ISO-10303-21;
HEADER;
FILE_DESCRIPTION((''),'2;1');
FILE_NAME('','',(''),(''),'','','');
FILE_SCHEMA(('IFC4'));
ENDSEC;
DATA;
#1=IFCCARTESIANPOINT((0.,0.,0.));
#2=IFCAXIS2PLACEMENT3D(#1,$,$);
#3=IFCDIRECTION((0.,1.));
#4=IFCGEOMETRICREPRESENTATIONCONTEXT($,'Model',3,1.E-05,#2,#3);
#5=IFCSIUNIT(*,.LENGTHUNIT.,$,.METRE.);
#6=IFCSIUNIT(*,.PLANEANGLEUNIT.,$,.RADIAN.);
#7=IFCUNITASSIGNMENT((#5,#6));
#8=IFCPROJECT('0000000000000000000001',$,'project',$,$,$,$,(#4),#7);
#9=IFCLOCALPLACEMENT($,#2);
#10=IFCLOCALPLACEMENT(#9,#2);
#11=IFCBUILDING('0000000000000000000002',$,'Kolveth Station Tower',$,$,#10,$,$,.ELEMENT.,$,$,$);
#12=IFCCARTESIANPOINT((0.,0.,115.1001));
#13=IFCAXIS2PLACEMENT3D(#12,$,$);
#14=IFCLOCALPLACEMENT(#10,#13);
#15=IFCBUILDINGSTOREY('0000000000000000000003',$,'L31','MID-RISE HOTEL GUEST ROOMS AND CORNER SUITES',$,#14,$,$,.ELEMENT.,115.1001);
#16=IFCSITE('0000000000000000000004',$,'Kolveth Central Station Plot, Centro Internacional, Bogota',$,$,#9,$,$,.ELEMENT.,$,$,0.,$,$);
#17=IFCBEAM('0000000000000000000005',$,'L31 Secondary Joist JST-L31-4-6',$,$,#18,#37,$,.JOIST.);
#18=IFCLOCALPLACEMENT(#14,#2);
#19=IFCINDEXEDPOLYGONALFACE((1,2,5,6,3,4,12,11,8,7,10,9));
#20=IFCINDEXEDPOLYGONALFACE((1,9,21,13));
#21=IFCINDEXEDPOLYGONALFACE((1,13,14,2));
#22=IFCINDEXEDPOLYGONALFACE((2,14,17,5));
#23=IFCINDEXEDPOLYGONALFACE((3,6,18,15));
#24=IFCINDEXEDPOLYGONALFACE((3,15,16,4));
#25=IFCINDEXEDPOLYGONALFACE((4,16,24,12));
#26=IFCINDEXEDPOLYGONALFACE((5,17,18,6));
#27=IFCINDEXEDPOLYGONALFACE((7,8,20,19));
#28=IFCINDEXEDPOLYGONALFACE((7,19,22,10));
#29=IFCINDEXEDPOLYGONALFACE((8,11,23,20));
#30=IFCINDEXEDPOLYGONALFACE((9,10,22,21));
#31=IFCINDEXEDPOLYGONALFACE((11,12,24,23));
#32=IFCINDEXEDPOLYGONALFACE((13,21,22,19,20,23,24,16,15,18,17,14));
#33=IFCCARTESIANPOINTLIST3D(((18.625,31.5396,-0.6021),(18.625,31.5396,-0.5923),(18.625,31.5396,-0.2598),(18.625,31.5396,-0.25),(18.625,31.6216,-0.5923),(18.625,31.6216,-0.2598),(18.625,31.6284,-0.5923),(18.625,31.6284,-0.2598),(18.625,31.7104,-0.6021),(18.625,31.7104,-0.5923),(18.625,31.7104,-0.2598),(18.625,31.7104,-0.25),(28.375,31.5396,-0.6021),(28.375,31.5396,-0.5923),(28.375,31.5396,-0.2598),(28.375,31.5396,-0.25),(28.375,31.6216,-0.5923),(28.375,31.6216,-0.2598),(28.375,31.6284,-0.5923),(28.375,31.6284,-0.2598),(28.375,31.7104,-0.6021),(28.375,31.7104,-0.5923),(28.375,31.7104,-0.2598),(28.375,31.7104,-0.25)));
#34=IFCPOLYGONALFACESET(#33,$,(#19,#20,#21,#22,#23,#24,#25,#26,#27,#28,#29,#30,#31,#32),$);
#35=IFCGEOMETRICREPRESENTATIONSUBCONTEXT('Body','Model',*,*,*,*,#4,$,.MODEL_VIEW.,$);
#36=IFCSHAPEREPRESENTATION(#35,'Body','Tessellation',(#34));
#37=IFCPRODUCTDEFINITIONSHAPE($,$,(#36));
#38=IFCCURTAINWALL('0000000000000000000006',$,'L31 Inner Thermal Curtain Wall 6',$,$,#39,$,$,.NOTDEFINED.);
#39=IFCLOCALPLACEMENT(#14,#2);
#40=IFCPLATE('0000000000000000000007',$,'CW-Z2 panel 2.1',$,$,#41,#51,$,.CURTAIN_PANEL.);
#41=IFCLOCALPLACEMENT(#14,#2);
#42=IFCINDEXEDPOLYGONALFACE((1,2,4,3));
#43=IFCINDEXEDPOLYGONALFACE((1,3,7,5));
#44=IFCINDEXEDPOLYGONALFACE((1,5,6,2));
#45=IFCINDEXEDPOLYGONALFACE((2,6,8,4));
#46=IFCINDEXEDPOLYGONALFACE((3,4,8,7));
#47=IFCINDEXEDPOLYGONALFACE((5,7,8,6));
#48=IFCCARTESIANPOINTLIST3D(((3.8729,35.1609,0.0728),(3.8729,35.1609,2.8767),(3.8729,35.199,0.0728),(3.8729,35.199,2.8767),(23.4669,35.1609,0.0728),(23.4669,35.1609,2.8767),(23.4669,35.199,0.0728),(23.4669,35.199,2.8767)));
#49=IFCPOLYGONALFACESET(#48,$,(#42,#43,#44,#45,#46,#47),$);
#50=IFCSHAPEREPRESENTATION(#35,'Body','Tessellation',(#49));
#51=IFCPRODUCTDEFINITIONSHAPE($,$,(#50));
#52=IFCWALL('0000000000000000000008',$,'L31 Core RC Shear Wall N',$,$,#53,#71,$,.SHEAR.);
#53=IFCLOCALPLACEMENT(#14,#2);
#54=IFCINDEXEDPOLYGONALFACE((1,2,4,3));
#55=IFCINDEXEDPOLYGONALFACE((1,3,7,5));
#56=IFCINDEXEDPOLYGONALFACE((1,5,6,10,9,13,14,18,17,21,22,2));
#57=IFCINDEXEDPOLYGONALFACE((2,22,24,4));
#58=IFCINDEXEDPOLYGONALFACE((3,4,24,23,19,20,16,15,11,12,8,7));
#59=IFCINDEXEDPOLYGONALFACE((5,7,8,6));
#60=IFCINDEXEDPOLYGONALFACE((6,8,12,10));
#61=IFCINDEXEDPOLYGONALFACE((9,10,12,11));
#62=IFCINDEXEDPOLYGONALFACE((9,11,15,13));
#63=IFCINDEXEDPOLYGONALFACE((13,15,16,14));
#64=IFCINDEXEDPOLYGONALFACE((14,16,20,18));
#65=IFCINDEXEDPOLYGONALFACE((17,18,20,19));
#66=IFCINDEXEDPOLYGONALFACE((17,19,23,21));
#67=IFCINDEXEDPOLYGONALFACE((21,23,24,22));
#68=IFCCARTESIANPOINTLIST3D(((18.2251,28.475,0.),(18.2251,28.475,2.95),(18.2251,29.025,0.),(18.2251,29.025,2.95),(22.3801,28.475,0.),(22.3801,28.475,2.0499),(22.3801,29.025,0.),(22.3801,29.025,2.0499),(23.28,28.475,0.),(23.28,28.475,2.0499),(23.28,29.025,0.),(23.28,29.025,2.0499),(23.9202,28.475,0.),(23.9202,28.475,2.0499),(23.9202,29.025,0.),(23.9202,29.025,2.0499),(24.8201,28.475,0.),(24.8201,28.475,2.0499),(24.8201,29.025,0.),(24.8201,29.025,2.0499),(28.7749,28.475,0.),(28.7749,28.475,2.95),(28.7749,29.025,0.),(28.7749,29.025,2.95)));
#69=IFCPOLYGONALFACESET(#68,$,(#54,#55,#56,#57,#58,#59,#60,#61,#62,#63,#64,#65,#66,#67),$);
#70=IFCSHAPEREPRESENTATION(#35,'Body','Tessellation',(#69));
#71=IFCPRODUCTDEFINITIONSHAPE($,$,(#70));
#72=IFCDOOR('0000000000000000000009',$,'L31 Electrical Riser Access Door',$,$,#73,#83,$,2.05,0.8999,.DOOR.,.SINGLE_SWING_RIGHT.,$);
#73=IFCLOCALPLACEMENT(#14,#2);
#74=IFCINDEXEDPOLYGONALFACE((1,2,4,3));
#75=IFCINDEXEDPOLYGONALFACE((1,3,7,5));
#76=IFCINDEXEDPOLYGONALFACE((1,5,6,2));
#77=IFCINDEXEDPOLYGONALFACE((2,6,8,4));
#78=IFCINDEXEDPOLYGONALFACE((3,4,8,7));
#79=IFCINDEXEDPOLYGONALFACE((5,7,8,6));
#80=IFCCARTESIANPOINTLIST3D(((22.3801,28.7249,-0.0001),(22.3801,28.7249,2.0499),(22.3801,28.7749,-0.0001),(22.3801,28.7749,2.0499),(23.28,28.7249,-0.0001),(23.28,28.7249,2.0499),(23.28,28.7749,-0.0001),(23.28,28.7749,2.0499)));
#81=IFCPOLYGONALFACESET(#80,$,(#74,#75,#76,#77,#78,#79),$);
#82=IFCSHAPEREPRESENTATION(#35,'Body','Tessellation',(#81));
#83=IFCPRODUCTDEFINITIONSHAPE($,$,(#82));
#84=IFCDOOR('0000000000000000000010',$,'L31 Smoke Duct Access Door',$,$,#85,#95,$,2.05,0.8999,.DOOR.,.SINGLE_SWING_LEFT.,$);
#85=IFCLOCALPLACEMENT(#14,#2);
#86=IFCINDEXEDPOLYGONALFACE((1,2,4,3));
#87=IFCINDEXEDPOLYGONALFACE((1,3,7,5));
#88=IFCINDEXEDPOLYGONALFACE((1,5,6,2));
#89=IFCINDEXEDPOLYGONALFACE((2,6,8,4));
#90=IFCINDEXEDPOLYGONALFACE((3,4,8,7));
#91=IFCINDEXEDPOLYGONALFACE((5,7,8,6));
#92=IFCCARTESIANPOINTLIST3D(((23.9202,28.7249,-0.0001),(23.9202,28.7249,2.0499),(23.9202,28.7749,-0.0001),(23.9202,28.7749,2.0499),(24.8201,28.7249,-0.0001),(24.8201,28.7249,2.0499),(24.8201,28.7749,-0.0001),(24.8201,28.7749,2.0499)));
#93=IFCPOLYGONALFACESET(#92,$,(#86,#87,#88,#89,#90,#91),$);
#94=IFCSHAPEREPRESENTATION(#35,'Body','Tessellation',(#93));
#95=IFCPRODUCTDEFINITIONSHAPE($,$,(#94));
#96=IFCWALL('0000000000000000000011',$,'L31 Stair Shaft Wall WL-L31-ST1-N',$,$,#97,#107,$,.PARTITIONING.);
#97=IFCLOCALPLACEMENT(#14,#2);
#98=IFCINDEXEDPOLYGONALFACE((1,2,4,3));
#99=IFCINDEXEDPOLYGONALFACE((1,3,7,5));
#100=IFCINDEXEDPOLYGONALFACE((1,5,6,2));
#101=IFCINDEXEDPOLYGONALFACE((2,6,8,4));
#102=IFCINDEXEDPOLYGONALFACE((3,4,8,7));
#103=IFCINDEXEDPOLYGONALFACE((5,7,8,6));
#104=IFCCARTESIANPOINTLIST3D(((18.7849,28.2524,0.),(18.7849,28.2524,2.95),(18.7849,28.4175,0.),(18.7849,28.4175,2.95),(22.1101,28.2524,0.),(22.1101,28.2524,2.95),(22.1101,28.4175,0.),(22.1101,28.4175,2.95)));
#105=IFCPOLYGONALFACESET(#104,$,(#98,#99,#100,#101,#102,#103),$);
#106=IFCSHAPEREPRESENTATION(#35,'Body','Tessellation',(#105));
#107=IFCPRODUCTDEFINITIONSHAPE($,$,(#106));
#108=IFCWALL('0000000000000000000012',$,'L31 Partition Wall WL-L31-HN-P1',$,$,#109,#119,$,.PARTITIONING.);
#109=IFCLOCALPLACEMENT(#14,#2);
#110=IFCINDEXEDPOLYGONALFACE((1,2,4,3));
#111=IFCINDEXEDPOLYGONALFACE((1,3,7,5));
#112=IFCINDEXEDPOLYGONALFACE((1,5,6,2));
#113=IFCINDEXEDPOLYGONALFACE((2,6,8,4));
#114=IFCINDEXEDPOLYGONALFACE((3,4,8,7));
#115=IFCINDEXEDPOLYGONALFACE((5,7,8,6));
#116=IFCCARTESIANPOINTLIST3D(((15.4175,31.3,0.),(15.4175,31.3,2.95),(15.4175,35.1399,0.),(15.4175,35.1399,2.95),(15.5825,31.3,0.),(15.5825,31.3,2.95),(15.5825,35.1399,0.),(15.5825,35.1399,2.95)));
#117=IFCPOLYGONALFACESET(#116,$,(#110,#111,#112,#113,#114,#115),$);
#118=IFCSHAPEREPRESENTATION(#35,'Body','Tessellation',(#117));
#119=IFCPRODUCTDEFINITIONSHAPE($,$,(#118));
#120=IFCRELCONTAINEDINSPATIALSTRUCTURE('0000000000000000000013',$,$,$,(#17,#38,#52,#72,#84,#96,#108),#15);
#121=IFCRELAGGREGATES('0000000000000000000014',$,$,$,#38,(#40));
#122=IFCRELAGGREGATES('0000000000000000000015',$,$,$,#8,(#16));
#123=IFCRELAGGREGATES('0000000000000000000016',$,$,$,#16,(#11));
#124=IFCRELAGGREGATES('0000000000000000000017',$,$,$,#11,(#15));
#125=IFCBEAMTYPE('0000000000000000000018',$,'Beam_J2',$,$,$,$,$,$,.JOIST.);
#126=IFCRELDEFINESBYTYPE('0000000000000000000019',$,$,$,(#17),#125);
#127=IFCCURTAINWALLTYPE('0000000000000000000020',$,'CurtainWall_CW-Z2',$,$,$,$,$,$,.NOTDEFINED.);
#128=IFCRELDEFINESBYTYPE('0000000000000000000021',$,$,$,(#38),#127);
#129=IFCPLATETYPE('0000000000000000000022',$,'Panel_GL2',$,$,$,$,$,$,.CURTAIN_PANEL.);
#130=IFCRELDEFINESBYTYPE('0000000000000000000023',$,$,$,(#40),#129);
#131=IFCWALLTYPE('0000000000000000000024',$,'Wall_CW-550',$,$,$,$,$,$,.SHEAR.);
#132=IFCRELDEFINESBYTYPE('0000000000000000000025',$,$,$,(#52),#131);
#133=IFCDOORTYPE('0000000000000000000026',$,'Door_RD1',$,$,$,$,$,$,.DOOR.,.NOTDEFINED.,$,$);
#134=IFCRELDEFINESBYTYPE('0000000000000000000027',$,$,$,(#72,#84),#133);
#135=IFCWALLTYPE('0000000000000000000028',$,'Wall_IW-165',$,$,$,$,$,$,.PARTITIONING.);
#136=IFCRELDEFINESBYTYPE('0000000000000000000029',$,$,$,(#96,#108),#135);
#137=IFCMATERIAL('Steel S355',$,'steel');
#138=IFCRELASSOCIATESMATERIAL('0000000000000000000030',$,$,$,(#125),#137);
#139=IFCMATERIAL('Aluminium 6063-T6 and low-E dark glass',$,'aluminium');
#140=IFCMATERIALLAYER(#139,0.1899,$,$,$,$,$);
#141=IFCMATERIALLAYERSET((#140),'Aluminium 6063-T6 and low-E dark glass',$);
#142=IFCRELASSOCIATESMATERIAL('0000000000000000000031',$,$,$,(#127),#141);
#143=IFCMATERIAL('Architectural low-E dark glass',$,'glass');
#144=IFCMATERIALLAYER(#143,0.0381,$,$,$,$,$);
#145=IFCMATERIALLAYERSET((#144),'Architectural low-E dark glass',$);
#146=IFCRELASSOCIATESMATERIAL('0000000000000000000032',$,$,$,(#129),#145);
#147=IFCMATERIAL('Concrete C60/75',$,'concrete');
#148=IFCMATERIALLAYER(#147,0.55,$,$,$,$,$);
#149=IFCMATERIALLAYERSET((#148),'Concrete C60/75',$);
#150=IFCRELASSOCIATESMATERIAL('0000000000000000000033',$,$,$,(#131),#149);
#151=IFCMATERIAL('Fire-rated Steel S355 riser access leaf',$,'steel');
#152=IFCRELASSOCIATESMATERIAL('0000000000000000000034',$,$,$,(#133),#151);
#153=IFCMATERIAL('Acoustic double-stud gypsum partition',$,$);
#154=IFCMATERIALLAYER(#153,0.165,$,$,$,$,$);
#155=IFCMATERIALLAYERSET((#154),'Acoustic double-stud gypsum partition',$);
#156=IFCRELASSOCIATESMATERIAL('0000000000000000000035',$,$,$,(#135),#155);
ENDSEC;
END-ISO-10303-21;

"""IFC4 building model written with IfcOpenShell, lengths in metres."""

from ifc_helpers import new_model, si_unit, direction, frame, frame_2d, origin, origin_2d, place, context, subcontext, project, spatial, rectangle, i_section, extrude, source, transform, mapped, material, layer, layer_set, material_profile, profile_set, type_object, element, fill, aggregate, save


model = new_model("IFC4")

# Units and contexts
model_context = context("Model", 3, precision=1e-05, world=origin(), true_north=direction((0.0, 1.0)))
body_context = subcontext(model_context, "Body", "Model", "MODEL_VIEW")
ifc_project = project(units=[si_unit("LENGTHUNIT", "METRE"), si_unit("PLANEANGLEUNIT", "RADIAN")], contexts=[model_context])

# Site, building, storey
site_placement = place(None, origin())
site = spatial("IfcSite", under=ifc_project, at=site_placement, Name="Kolveth Central Station Plot, Centro Internacional, Bogota", CompositionType="ELEMENT", RefElevation=0.0)
building_placement = place(site_placement, origin())
building = spatial("IfcBuilding", under=site, at=building_placement, Name="Kolveth Station Tower", CompositionType="ELEMENT")
storey_placement = place(building_placement, frame((0.0, 0.0, 115.1001)))
storey = spatial("IfcBuildingStorey", under=building, at=storey_placement, Name="L31", Description="MID-RISE HOTEL GUEST ROOMS AND CORNER SUITES", CompositionType="ELEMENT", Elevation=115.1001)

# Shared definitions
ifc_material_1 = material(Name="Steel S355", Category="steel")

# Beam
ifc_material_profile_1 = material_profile(ifc_material_1, i_section(OverallWidth=0.1709, OverallDepth=0.3521, WebThickness=0.0068, FlangeThickness=0.0098, at=origin_2d()), Name="W360x44")
ifc_profile_set_1 = profile_set([ifc_material_profile_1], Name="Steel S355")
beam_type_1 = type_object("IfcBeamType", Name="Beam_J2", PredefinedType="JOIST", material=ifc_profile_set_1)
shared_shape_1 = source(origin(), body_context, "Body", "SweptSolid", [
    extrude(i_section(OverallWidth=0.1709, OverallDepth=0.3521, WebThickness=0.0068, FlangeThickness=0.0098, at=origin_2d()), origin(), (0.0, 0.0, 1.0), 9.75),
])
beam_1_placement = place(storey_placement, frame((18.625, 31.625, -0.426), z_axis=(1.0, 0.0, 0.0), x_axis=(0.0, 1.0, 0.0)))
element("IfcBeam", 1, at=beam_1_placement, inside=storey, type_object=beam_type_1, Name="L31 Secondary Joist JST-L31-4-6", PredefinedType="JOIST", context=body_context, shape_type="MappedRepresentation", body=[
    mapped(shared_shape_1, transform((0.0, 0.0, 0.0), x_axis=(1.0, 0.0, 0.0), y_axis=(0.0, 1.0, 0.0), z_axis=(0.0, 0.0, 1.0), scale=1.0)),
])

# Curtain wall, plate
ifc_material_2 = material(Name="Aluminium 6063-T6 and low-E dark glass", Category="aluminium")
ifc_layer_1 = layer(ifc_material_2, 0.1899)
ifc_layer_set_1 = layer_set([ifc_layer_1], Name="Aluminium 6063-T6 and low-E dark glass")
curtain_wall_type = type_object("IfcCurtainWallType", Name="CurtainWall_CW-Z2", PredefinedType="NOTDEFINED", material=ifc_layer_set_1)
curtain_wall_placement = place(storey_placement, origin())
curtain_wall = element("IfcCurtainWall", 2, at=curtain_wall_placement, inside=storey, type_object=curtain_wall_type, Name="L31 Inner Thermal Curtain Wall 6", PredefinedType="NOTDEFINED")
ifc_material_3 = material(Name="Architectural low-E dark glass", Category="glass")
ifc_layer_2 = layer(ifc_material_3, 0.0381)
ifc_layer_set_2 = layer_set([ifc_layer_2], Name="Architectural low-E dark glass")
plate_type = type_object("IfcPlateType", Name="Panel_GL2", PredefinedType="CURTAIN_PANEL", material=ifc_layer_set_2)
shared_shape_2 = source(origin(), body_context, "Body", "SweptSolid", [
    extrude(rectangle(XDim=19.594, YDim=0.0381, at=origin_2d()), origin(), (0.0, 0.0, 1.0), 2.804),
])
plate_placement = place(storey_placement, frame((13.6699, 35.1799, 0.0728), z_axis=(0.0, 0.0, 1.0), x_axis=(-1.0, 0.0, 0.0)))
plate = element("IfcPlate", 3, at=plate_placement, type_object=plate_type, Name="CW-Z2 panel 2.1", PredefinedType="CURTAIN_PANEL", context=body_context, shape_type="MappedRepresentation", body=[
    mapped(shared_shape_2, transform((0.0, 0.0, 0.0), x_axis=(1.0, 0.0, 0.0), y_axis=(0.0, 1.0, 0.0), z_axis=(0.0, 0.0, 1.0), scale=1.0)),
])
aggregate(curtain_wall, [plate])

# Wall, openings, doors
ifc_material_4 = material(Name="Concrete C60/75", Category="concrete")
ifc_layer_3 = layer(ifc_material_4, 0.55)
ifc_layer_set_3 = layer_set([ifc_layer_3], Name="Concrete C60/75")
wall_type_1 = type_object("IfcWallType", Name="Wall_CW-550", PredefinedType="SHEAR", material=ifc_layer_set_3)
wall_1_placement = place(storey_placement, frame((18.2251, 28.75, 0.0), z_axis=(0.0, 0.0, 1.0), x_axis=(1.0, 0.0, 0.0)))
wall_1 = element("IfcWall", 4, at=wall_1_placement, inside=storey, type_object=wall_type_1, Name="L31 Core RC Shear Wall N", PredefinedType="SHEAR", context=body_context, shape_type="SweptSolid", body=[
    extrude(rectangle(XDim=10.5498, YDim=0.55, at=frame_2d((5.2749, 0.0))), origin(), (0.0, 0.0, 1.0), 2.95),
])
opening_1_placement = place(wall_1_placement, frame((4.155, 0.0, 0.0)))
opening_1 = element("IfcOpeningElement", 5, at=opening_1_placement, cuts=wall_1, PredefinedType="OPENING", context=body_context, shape_type="SweptSolid", body=[
    extrude(rectangle(XDim=0.8999, YDim=2.05, at=frame_2d((0.45, 1.0249))), frame((0.0, 0.2849, 0.0), z_axis=(0.0, -1.0, 0.0), x_axis=(1.0, 0.0, 0.0)), (0.0, 0.0, 1.0), 0.5701),
])
opening_2_placement = place(wall_1_placement, frame((5.6951, 0.0, 0.0)))
opening_2 = element("IfcOpeningElement", 6, at=opening_2_placement, cuts=wall_1, PredefinedType="OPENING", context=body_context, shape_type="SweptSolid", body=[
    extrude(rectangle(XDim=0.8999, YDim=2.05, at=frame_2d((0.45, 1.0249))), frame((0.0, 0.2849, 0.0), z_axis=(0.0, -1.0, 0.0), x_axis=(1.0, 0.0, 0.0)), (0.0, 0.0, 1.0), 0.5701),
])
ifc_material_5 = material(Name="Fire-rated Steel S355 riser access leaf", Category="steel")
door_type = type_object("IfcDoorType", Name="Door_RD1", OperationType="NOTDEFINED", PredefinedType="DOOR", material=ifc_material_5)
door_1_placement = place(opening_1_placement, origin())
door_1 = element("IfcDoor", 7, at=door_1_placement, inside=storey, type_object=door_type, Name="L31 Electrical Riser Access Door", OperationType="SINGLE_SWING_RIGHT", OverallHeight=2.05, OverallWidth=0.8999, PredefinedType="DOOR", context=body_context, shape_type="SweptSolid", body=[
    extrude(rectangle(XDim=0.8999, YDim=2.05, at=frame_2d((0.45, 1.0249))), frame((0.0, 0.0249, 0.0), z_axis=(0.0, -1.0, 0.0), x_axis=(1.0, 0.0, 0.0)), (0.0, 0.0, 1.0), 0.05),
])
fill(opening_1, door_1)
door_2_placement = place(opening_2_placement, origin())
door_2 = element("IfcDoor", 8, at=door_2_placement, inside=storey, type_object=door_type, Name="L31 Smoke Duct Access Door", OperationType="SINGLE_SWING_LEFT", OverallHeight=2.05, OverallWidth=0.8999, PredefinedType="DOOR", context=body_context, shape_type="SweptSolid", body=[
    extrude(rectangle(XDim=0.8999, YDim=2.05, at=frame_2d((0.45, 1.0249))), frame((0.0, 0.0249, 0.0), z_axis=(0.0, -1.0, 0.0), x_axis=(1.0, 0.0, 0.0)), (0.0, 0.0, 1.0), 0.05),
])
fill(opening_2, door_2)

# Walls
ifc_material_6 = material(Name="Acoustic double-stud gypsum partition")
ifc_layer_4 = layer(ifc_material_6, 0.165)
ifc_layer_set_4 = layer_set([ifc_layer_4], Name="Acoustic double-stud gypsum partition")
wall_type_2 = type_object("IfcWallType", Name="Wall_IW-165", PredefinedType="PARTITIONING", material=ifc_layer_set_4)
wall_2_placement = place(storey_placement, frame((18.7849, 28.335, 0.0), z_axis=(0.0, 0.0, 1.0), x_axis=(1.0, 0.0, 0.0)))
element("IfcWall", 9, at=wall_2_placement, inside=storey, type_object=wall_type_2, Name="L31 Stair Shaft Wall WL-L31-ST1-N", PredefinedType="PARTITIONING", context=body_context, shape_type="SweptSolid", body=[
    extrude(rectangle(XDim=3.3252, YDim=0.165, at=frame_2d((1.6626, 0.0))), origin(), (0.0, 0.0, 1.0), 2.95),
])
wall_3_placement = place(storey_placement, frame((15.5, 31.3, 0.0), z_axis=(0.0, 0.0, 1.0), x_axis=(0.0, 1.0, 0.0)))
element("IfcWall", 10, at=wall_3_placement, inside=storey, type_object=wall_type_2, Name="L31 Partition Wall WL-L31-HN-P1", PredefinedType="PARTITIONING", context=body_context, shape_type="SweptSolid", body=[
    extrude(rectangle(XDim=3.8398, YDim=0.165, at=frame_2d((1.9199, 0.0))), origin(), (0.0, 0.0, 1.0), 2.95),
])

save(model, "model.ifc")
